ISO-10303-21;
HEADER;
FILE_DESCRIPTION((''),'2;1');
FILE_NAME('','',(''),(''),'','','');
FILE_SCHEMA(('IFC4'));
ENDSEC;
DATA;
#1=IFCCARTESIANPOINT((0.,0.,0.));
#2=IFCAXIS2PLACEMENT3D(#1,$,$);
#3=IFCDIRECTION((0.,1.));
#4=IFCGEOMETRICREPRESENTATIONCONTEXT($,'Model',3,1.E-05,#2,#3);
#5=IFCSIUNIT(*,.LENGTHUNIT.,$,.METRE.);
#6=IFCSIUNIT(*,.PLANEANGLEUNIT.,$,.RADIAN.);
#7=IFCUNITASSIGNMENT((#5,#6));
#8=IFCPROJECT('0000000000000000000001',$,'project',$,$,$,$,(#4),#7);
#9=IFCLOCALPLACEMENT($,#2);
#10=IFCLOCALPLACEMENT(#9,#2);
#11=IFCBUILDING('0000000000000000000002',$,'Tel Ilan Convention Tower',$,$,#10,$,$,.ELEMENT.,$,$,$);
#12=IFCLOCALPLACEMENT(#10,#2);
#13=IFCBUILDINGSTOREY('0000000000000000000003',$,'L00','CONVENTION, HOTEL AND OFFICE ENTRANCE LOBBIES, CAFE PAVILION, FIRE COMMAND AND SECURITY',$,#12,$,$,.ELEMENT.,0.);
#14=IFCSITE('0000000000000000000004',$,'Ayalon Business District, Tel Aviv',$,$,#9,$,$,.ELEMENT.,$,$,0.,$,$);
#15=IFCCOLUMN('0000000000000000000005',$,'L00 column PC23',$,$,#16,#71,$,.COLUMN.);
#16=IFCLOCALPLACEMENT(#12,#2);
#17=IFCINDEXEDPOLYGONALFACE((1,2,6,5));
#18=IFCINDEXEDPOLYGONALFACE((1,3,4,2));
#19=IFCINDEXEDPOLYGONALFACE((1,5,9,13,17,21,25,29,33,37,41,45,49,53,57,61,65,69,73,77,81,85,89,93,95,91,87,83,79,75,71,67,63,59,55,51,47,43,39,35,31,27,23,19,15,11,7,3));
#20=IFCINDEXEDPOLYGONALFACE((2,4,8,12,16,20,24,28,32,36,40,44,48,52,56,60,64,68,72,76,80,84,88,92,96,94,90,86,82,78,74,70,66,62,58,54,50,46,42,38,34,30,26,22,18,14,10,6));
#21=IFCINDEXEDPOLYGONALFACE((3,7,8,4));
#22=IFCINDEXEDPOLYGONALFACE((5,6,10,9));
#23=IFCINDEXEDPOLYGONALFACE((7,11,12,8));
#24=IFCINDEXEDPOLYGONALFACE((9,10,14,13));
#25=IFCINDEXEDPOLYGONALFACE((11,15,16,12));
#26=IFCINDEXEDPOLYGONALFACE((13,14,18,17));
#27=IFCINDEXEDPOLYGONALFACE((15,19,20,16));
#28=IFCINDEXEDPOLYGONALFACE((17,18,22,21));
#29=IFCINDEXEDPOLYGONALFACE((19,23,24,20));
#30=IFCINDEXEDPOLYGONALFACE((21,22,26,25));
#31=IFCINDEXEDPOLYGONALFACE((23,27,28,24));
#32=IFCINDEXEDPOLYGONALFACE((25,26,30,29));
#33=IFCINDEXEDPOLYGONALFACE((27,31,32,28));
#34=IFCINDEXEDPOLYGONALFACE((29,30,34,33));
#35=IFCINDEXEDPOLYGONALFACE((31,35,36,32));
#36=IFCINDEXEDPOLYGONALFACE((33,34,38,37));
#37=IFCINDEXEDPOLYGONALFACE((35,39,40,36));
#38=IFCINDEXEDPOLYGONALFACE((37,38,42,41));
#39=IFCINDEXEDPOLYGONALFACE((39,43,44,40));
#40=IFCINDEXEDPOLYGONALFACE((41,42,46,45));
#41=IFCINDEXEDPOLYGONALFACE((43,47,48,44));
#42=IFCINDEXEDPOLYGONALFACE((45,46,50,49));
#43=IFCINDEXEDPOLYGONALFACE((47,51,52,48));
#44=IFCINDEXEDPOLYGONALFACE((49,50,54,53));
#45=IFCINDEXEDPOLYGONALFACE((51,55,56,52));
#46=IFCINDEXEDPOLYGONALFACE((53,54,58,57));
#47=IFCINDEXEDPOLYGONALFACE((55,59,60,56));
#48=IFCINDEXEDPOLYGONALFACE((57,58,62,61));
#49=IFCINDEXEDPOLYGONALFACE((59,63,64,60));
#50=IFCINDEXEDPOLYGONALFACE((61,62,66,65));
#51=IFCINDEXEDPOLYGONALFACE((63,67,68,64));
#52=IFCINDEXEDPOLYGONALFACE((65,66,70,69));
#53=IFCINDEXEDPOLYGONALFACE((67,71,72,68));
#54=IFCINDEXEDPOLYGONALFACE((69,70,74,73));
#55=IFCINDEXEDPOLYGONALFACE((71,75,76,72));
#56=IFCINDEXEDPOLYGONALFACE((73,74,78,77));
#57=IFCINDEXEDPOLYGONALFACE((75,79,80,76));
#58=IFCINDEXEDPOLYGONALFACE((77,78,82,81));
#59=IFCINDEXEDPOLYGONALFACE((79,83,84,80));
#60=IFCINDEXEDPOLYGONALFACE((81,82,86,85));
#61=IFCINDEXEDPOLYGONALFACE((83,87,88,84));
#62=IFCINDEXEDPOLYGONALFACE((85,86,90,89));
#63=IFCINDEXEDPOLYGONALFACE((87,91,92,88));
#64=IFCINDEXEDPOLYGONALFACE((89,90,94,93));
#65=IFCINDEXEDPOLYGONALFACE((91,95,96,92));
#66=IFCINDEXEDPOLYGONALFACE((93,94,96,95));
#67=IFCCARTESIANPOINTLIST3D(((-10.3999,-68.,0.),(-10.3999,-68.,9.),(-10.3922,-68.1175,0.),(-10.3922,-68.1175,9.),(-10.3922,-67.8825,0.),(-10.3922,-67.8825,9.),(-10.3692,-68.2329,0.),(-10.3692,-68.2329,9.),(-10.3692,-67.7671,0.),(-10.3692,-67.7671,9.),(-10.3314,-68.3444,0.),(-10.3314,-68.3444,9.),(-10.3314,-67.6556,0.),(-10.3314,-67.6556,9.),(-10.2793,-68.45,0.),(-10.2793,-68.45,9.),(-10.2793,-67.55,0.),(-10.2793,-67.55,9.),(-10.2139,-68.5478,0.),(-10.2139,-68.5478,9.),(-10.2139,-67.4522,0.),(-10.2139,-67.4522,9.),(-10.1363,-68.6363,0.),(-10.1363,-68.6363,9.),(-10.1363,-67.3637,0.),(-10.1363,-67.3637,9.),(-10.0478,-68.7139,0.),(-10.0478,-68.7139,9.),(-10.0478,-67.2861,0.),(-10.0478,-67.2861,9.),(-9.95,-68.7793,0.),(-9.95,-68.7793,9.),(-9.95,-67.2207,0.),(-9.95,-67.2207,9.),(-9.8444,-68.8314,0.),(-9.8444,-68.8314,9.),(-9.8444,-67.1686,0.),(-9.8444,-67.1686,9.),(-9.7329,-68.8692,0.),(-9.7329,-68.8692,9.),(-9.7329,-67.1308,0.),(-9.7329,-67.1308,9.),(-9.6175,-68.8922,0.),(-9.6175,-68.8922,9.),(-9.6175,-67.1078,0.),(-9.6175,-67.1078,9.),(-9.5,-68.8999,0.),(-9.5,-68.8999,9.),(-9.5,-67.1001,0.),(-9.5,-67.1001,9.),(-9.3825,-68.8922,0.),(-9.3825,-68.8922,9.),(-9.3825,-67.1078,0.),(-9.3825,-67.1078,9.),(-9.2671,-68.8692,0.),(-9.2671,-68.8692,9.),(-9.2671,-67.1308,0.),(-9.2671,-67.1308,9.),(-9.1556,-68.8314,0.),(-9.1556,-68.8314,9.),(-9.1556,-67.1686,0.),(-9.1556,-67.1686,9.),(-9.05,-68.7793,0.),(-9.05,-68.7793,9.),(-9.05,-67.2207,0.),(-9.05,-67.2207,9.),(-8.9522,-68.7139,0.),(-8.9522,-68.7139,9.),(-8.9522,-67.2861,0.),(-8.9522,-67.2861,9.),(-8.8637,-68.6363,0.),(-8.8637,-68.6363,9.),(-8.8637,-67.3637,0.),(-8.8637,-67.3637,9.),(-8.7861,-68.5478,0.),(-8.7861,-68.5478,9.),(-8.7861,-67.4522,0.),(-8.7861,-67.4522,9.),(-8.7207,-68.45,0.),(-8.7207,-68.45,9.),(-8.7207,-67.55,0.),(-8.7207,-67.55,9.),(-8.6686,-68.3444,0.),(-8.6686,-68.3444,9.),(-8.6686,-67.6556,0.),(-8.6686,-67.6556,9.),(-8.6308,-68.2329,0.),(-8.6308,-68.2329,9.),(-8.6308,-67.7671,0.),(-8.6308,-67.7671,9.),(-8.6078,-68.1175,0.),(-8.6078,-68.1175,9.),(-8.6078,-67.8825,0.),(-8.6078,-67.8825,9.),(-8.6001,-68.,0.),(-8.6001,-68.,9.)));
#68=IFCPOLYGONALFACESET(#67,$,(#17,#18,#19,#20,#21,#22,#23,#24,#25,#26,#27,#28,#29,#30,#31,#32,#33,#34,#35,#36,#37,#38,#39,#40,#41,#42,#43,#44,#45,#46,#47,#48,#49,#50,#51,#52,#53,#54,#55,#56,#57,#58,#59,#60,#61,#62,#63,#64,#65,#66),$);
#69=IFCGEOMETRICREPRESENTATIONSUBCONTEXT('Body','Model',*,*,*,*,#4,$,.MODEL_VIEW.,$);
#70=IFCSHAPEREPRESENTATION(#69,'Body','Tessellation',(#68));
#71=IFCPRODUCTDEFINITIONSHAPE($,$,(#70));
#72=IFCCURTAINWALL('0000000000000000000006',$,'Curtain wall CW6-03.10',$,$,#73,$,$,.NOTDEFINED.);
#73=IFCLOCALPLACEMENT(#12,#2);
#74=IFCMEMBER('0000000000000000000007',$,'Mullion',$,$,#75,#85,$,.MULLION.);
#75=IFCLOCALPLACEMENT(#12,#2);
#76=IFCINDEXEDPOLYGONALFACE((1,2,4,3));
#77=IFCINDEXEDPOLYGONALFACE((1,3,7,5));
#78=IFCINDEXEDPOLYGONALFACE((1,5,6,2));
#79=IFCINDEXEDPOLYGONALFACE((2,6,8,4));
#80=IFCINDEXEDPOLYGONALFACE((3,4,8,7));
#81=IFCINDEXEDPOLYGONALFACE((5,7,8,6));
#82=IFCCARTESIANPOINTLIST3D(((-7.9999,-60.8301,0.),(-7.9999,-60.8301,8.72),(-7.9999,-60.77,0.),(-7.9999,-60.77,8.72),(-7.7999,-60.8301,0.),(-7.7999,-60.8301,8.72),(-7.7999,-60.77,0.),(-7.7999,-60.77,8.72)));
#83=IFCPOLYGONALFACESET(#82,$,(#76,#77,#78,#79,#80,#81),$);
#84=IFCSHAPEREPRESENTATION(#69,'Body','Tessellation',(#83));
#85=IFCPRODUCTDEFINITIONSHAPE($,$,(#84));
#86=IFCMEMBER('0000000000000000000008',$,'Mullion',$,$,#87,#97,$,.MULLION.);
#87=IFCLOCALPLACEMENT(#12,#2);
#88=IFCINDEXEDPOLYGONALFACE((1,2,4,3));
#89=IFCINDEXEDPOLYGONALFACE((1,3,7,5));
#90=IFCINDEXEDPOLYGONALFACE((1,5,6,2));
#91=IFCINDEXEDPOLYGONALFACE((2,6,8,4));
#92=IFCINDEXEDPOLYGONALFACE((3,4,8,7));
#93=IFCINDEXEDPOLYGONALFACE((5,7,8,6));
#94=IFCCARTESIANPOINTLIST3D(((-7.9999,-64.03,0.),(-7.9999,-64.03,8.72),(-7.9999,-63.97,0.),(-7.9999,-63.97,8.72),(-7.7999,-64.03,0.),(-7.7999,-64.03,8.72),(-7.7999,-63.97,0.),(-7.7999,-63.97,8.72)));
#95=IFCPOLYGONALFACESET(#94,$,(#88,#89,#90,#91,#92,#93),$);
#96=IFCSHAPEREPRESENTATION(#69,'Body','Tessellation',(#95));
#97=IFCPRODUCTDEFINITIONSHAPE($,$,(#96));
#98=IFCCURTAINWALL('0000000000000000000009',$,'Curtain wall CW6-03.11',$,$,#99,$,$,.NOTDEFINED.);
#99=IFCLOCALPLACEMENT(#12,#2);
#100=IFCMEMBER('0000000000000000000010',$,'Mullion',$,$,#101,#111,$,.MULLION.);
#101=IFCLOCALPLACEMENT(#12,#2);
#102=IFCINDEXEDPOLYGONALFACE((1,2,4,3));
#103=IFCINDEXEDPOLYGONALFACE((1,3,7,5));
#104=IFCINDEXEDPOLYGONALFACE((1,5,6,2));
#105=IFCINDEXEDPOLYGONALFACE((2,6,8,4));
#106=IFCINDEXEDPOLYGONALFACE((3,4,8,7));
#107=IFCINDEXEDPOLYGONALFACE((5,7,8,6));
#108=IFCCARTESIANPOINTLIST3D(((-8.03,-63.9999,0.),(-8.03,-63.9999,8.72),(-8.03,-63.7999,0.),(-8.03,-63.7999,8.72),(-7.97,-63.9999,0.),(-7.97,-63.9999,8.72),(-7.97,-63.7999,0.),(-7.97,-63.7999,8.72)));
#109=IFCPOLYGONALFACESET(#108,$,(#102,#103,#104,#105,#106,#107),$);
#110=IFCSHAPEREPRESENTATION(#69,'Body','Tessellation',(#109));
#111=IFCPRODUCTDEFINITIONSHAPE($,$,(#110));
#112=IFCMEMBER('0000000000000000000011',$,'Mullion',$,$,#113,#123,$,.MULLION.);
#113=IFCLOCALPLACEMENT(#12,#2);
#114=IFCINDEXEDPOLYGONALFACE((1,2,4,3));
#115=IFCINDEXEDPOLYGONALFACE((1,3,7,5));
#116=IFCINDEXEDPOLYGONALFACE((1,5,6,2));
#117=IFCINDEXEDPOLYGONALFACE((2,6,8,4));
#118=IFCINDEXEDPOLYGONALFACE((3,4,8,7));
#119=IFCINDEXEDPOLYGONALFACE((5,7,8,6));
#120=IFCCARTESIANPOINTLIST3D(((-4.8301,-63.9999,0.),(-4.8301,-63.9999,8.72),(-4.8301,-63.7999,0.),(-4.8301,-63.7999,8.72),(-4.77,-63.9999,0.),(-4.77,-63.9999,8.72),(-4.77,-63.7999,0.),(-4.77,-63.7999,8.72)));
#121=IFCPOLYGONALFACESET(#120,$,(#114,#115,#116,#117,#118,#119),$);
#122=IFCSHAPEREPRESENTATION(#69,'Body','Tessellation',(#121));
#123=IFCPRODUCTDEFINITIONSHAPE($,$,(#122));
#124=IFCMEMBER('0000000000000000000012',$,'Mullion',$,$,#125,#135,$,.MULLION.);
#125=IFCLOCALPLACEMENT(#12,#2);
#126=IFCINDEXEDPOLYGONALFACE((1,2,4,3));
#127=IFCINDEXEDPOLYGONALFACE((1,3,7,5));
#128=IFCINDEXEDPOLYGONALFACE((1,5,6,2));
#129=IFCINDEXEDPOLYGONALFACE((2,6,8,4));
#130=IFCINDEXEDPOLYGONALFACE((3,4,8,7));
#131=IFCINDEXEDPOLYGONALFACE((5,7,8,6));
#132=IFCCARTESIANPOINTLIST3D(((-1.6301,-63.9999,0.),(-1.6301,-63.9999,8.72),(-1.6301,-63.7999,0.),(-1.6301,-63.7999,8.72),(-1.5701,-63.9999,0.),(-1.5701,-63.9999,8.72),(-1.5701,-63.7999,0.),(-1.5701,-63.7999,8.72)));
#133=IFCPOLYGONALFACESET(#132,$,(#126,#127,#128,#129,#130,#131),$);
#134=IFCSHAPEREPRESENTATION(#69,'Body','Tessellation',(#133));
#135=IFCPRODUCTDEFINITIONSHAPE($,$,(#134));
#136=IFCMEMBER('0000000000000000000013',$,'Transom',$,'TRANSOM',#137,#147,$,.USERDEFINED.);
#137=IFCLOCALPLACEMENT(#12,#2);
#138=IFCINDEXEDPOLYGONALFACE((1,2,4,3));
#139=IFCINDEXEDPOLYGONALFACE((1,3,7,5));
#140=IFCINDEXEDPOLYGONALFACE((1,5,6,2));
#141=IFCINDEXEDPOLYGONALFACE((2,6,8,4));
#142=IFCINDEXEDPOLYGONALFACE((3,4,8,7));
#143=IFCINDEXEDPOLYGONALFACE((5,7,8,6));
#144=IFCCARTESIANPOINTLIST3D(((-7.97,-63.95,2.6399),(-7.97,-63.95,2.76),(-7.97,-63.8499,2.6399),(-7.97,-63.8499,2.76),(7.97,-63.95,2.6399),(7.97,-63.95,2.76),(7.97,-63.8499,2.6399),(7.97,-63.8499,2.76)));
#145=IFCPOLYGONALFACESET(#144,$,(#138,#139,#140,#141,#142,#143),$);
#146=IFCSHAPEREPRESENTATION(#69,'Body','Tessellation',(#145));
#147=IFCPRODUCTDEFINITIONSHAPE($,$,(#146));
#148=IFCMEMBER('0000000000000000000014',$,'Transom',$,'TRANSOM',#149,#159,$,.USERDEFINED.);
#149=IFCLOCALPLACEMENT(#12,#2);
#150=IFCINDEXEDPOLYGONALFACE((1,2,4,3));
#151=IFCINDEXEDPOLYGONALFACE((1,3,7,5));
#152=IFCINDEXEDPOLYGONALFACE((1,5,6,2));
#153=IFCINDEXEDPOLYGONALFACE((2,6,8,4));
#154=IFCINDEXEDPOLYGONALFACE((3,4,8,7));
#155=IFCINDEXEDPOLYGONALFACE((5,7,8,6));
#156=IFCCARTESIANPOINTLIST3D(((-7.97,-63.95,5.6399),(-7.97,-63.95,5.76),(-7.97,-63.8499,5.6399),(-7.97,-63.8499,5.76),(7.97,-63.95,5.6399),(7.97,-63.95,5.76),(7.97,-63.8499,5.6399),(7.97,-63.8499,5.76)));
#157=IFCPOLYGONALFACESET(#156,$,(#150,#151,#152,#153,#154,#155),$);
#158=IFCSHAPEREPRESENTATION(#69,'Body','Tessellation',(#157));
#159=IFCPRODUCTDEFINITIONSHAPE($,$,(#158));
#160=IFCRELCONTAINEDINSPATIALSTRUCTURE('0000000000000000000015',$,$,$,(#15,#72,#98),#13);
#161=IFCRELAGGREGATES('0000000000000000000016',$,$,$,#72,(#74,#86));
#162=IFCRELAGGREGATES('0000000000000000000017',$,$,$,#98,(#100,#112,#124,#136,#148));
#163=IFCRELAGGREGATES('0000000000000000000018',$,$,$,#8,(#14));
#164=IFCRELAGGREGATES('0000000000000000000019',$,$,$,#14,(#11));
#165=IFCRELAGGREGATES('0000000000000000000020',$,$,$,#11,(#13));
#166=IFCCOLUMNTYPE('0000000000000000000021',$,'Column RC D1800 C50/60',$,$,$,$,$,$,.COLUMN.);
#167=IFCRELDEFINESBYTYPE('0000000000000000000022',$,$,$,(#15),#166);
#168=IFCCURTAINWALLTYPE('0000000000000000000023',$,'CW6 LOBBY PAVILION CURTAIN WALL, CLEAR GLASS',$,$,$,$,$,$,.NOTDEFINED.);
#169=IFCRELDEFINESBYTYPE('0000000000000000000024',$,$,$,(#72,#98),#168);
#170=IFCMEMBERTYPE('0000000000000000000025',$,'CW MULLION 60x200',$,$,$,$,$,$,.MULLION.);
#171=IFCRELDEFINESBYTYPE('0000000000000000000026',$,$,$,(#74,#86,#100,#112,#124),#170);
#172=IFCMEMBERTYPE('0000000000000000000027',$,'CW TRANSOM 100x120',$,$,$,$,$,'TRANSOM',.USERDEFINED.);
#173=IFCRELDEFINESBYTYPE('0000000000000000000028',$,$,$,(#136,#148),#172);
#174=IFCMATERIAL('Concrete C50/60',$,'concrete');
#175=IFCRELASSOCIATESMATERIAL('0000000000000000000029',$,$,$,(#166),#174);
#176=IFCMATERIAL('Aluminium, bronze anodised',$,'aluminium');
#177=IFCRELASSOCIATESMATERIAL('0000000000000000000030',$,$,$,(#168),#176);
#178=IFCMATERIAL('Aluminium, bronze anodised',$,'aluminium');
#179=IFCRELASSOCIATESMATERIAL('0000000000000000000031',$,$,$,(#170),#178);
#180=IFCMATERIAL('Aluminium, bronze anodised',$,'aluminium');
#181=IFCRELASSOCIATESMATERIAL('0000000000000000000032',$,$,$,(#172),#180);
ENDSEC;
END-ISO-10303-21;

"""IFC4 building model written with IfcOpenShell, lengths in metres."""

from ifc_helpers import new_model, si_unit, direction, frame, origin, origin_2d, place, context, subcontext, project, spatial, rectangle, circle, extrude, material, material_profile, profile_set, type_object, element, aggregate, save


model = new_model("IFC4")

# Units and contexts
model_context = context("Model", 3, precision=1e-05, world=origin(), true_north=direction((0.0, 1.0)))
body_context = subcontext(model_context, "Body", "Model", "MODEL_VIEW")
ifc_project = project(units=[si_unit("LENGTHUNIT", "METRE"), si_unit("PLANEANGLEUNIT", "RADIAN")], contexts=[model_context])

# Site, building, storey
site_placement = place(None, origin())
site = spatial("IfcSite", under=ifc_project, at=site_placement, Name="Ayalon Business District, Tel Aviv", CompositionType="ELEMENT", RefElevation=0.0)
building_placement = place(site_placement, origin())
building = spatial("IfcBuilding", under=site, at=building_placement, Name="Tel Ilan Convention Tower", CompositionType="ELEMENT")
storey_placement = place(building_placement, origin())
storey = spatial("IfcBuildingStorey", under=building, at=storey_placement, Name="L00", Description="CONVENTION, HOTEL AND OFFICE ENTRANCE LOBBIES, CAFE PAVILION, FIRE COMMAND AND SECURITY", CompositionType="ELEMENT", Elevation=0.0)

# Column
ifc_material_1 = material(Name="Concrete C50/60", Category="concrete")
ifc_material_profile_1 = material_profile(ifc_material_1, circle(Radius=0.8999, at=origin_2d()), Name="RC D1800")
ifc_profile_set_1 = profile_set([ifc_material_profile_1], Name="Concrete C50/60")
column_type = type_object("IfcColumnType", Name="Column RC D1800 C50/60", PredefinedType="COLUMN", material=ifc_profile_set_1)
column_placement = place(storey_placement, frame((-9.5, -68.0, 0.0), z_axis=(0.0, 0.0, 1.0), x_axis=(1.0, 0.0, 0.0)))
element("IfcColumn", 1, at=column_placement, inside=storey, type_object=column_type, Name="L00 column PC23", PredefinedType="COLUMN", context=body_context, shape_type="SweptSolid", body=[
    extrude(circle(Radius=0.8999, at=origin_2d()), origin(), (0.0, 0.0, 1.0), 9.0),
])

# Curtain walls, members
ifc_material_2 = material(Name="Aluminium, bronze anodised", Category="aluminium")
curtain_wall_type = type_object("IfcCurtainWallType", Name="CW6 LOBBY PAVILION CURTAIN WALL, CLEAR GLASS", PredefinedType="NOTDEFINED", material=ifc_material_2)
curtain_wall_1_placement = place(storey_placement, origin())
curtain_wall_1 = element("IfcCurtainWall", 2, at=curtain_wall_1_placement, inside=storey, type_object=curtain_wall_type, Name="Curtain wall CW6-03.10", PredefinedType="NOTDEFINED")
ifc_material_3 = material(Name="Aluminium, bronze anodised", Category="aluminium")
ifc_material_profile_2 = material_profile(ifc_material_3, rectangle(XDim=0.0601, YDim=0.2, at=origin_2d()), Name="CW MULLION 60x200")
ifc_profile_set_2 = profile_set([ifc_material_profile_2], Name="Aluminium, bronze anodised")
member_type_1 = type_object("IfcMemberType", Name="CW MULLION 60x200", PredefinedType="MULLION", material=ifc_profile_set_2)
member_1_placement = place(storey_placement, frame((-7.8999, -60.8, 0.0), z_axis=(0.0, 0.0, 1.0), x_axis=(0.0, -1.0, 0.0)))
member_1 = element("IfcMember", 3, at=member_1_placement, type_object=member_type_1, Name="Mullion", PredefinedType="MULLION", context=body_context, shape_type="SweptSolid", body=[
    extrude(rectangle(XDim=0.0601, YDim=0.2, at=origin_2d()), origin(), (0.0, 0.0, 1.0), 8.72),
])
member_2_placement = place(storey_placement, frame((-7.8999, -64.0, 0.0), z_axis=(0.0, 0.0, 1.0), x_axis=(0.0, -1.0, 0.0)))
member_2 = element("IfcMember", 4, at=member_2_placement, type_object=member_type_1, Name="Mullion", PredefinedType="MULLION", context=body_context, shape_type="SweptSolid", body=[
    extrude(rectangle(XDim=0.0601, YDim=0.2, at=origin_2d()), origin(), (0.0, 0.0, 1.0), 8.72),
])
curtain_wall_2_placement = place(storey_placement, origin())
curtain_wall_2 = element("IfcCurtainWall", 5, at=curtain_wall_2_placement, inside=storey, type_object=curtain_wall_type, Name="Curtain wall CW6-03.11", PredefinedType="NOTDEFINED")
member_3_placement = place(storey_placement, frame((-8.0, -63.8999, 0.0), z_axis=(0.0, 0.0, 1.0), x_axis=(1.0, 0.0, 0.0)))
member_3 = element("IfcMember", 6, at=member_3_placement, type_object=member_type_1, Name="Mullion", PredefinedType="MULLION", context=body_context, shape_type="SweptSolid", body=[
    extrude(rectangle(XDim=0.0601, YDim=0.2, at=origin_2d()), origin(), (0.0, 0.0, 1.0), 8.72),
])
member_4_placement = place(storey_placement, frame((-4.8, -63.8999, 0.0), z_axis=(0.0, 0.0, 1.0), x_axis=(1.0, 0.0, 0.0)))
member_4 = element("IfcMember", 7, at=member_4_placement, type_object=member_type_1, Name="Mullion", PredefinedType="MULLION", context=body_context, shape_type="SweptSolid", body=[
    extrude(rectangle(XDim=0.0601, YDim=0.2, at=origin_2d()), origin(), (0.0, 0.0, 1.0), 8.72),
])
member_5_placement = place(storey_placement, frame((-1.6001, -63.8999, 0.0), z_axis=(0.0, 0.0, 1.0), x_axis=(1.0, 0.0, 0.0)))
member_5 = element("IfcMember", 8, at=member_5_placement, type_object=member_type_1, Name="Mullion", PredefinedType="MULLION", context=body_context, shape_type="SweptSolid", body=[
    extrude(rectangle(XDim=0.0601, YDim=0.2, at=origin_2d()), origin(), (0.0, 0.0, 1.0), 8.72),
])
ifc_material_4 = material(Name="Aluminium, bronze anodised", Category="aluminium")
ifc_material_profile_3 = material_profile(ifc_material_4, rectangle(XDim=0.1001, YDim=0.1201, at=origin_2d()), Name="CW TRANSOM 100x120")
ifc_profile_set_3 = profile_set([ifc_material_profile_3], Name="Aluminium, bronze anodised")
member_type_2 = type_object("IfcMemberType", Name="CW TRANSOM 100x120", ElementType="TRANSOM", PredefinedType="USERDEFINED", material=ifc_profile_set_3)
member_6_placement = place(storey_placement, frame((-7.97, -63.8999, 2.7), z_axis=(1.0, 0.0, 0.0), x_axis=(0.0, 1.0, 0.0)))
member_6 = element("IfcMember", 9, at=member_6_placement, type_object=member_type_2, Name="Transom", ObjectType="TRANSOM", PredefinedType="USERDEFINED", context=body_context, shape_type="SweptSolid", body=[
    extrude(rectangle(XDim=0.1001, YDim=0.1201, at=origin_2d()), origin(), (0.0, 0.0, 1.0), 15.9399),
])
member_7_placement = place(storey_placement, frame((-7.97, -63.8999, 5.7), z_axis=(1.0, 0.0, 0.0), x_axis=(0.0, 1.0, 0.0)))
member_7 = element("IfcMember", 10, at=member_7_placement, type_object=member_type_2, Name="Transom", ObjectType="TRANSOM", PredefinedType="USERDEFINED", context=body_context, shape_type="SweptSolid", body=[
    extrude(rectangle(XDim=0.1001, YDim=0.1201, at=origin_2d()), origin(), (0.0, 0.0, 1.0), 15.9399),
])

aggregate(curtain_wall_1, [member_1, member_2])
aggregate(curtain_wall_2, [member_3, member_4, member_5, member_6, member_7])

save(model, "model.ifc")
